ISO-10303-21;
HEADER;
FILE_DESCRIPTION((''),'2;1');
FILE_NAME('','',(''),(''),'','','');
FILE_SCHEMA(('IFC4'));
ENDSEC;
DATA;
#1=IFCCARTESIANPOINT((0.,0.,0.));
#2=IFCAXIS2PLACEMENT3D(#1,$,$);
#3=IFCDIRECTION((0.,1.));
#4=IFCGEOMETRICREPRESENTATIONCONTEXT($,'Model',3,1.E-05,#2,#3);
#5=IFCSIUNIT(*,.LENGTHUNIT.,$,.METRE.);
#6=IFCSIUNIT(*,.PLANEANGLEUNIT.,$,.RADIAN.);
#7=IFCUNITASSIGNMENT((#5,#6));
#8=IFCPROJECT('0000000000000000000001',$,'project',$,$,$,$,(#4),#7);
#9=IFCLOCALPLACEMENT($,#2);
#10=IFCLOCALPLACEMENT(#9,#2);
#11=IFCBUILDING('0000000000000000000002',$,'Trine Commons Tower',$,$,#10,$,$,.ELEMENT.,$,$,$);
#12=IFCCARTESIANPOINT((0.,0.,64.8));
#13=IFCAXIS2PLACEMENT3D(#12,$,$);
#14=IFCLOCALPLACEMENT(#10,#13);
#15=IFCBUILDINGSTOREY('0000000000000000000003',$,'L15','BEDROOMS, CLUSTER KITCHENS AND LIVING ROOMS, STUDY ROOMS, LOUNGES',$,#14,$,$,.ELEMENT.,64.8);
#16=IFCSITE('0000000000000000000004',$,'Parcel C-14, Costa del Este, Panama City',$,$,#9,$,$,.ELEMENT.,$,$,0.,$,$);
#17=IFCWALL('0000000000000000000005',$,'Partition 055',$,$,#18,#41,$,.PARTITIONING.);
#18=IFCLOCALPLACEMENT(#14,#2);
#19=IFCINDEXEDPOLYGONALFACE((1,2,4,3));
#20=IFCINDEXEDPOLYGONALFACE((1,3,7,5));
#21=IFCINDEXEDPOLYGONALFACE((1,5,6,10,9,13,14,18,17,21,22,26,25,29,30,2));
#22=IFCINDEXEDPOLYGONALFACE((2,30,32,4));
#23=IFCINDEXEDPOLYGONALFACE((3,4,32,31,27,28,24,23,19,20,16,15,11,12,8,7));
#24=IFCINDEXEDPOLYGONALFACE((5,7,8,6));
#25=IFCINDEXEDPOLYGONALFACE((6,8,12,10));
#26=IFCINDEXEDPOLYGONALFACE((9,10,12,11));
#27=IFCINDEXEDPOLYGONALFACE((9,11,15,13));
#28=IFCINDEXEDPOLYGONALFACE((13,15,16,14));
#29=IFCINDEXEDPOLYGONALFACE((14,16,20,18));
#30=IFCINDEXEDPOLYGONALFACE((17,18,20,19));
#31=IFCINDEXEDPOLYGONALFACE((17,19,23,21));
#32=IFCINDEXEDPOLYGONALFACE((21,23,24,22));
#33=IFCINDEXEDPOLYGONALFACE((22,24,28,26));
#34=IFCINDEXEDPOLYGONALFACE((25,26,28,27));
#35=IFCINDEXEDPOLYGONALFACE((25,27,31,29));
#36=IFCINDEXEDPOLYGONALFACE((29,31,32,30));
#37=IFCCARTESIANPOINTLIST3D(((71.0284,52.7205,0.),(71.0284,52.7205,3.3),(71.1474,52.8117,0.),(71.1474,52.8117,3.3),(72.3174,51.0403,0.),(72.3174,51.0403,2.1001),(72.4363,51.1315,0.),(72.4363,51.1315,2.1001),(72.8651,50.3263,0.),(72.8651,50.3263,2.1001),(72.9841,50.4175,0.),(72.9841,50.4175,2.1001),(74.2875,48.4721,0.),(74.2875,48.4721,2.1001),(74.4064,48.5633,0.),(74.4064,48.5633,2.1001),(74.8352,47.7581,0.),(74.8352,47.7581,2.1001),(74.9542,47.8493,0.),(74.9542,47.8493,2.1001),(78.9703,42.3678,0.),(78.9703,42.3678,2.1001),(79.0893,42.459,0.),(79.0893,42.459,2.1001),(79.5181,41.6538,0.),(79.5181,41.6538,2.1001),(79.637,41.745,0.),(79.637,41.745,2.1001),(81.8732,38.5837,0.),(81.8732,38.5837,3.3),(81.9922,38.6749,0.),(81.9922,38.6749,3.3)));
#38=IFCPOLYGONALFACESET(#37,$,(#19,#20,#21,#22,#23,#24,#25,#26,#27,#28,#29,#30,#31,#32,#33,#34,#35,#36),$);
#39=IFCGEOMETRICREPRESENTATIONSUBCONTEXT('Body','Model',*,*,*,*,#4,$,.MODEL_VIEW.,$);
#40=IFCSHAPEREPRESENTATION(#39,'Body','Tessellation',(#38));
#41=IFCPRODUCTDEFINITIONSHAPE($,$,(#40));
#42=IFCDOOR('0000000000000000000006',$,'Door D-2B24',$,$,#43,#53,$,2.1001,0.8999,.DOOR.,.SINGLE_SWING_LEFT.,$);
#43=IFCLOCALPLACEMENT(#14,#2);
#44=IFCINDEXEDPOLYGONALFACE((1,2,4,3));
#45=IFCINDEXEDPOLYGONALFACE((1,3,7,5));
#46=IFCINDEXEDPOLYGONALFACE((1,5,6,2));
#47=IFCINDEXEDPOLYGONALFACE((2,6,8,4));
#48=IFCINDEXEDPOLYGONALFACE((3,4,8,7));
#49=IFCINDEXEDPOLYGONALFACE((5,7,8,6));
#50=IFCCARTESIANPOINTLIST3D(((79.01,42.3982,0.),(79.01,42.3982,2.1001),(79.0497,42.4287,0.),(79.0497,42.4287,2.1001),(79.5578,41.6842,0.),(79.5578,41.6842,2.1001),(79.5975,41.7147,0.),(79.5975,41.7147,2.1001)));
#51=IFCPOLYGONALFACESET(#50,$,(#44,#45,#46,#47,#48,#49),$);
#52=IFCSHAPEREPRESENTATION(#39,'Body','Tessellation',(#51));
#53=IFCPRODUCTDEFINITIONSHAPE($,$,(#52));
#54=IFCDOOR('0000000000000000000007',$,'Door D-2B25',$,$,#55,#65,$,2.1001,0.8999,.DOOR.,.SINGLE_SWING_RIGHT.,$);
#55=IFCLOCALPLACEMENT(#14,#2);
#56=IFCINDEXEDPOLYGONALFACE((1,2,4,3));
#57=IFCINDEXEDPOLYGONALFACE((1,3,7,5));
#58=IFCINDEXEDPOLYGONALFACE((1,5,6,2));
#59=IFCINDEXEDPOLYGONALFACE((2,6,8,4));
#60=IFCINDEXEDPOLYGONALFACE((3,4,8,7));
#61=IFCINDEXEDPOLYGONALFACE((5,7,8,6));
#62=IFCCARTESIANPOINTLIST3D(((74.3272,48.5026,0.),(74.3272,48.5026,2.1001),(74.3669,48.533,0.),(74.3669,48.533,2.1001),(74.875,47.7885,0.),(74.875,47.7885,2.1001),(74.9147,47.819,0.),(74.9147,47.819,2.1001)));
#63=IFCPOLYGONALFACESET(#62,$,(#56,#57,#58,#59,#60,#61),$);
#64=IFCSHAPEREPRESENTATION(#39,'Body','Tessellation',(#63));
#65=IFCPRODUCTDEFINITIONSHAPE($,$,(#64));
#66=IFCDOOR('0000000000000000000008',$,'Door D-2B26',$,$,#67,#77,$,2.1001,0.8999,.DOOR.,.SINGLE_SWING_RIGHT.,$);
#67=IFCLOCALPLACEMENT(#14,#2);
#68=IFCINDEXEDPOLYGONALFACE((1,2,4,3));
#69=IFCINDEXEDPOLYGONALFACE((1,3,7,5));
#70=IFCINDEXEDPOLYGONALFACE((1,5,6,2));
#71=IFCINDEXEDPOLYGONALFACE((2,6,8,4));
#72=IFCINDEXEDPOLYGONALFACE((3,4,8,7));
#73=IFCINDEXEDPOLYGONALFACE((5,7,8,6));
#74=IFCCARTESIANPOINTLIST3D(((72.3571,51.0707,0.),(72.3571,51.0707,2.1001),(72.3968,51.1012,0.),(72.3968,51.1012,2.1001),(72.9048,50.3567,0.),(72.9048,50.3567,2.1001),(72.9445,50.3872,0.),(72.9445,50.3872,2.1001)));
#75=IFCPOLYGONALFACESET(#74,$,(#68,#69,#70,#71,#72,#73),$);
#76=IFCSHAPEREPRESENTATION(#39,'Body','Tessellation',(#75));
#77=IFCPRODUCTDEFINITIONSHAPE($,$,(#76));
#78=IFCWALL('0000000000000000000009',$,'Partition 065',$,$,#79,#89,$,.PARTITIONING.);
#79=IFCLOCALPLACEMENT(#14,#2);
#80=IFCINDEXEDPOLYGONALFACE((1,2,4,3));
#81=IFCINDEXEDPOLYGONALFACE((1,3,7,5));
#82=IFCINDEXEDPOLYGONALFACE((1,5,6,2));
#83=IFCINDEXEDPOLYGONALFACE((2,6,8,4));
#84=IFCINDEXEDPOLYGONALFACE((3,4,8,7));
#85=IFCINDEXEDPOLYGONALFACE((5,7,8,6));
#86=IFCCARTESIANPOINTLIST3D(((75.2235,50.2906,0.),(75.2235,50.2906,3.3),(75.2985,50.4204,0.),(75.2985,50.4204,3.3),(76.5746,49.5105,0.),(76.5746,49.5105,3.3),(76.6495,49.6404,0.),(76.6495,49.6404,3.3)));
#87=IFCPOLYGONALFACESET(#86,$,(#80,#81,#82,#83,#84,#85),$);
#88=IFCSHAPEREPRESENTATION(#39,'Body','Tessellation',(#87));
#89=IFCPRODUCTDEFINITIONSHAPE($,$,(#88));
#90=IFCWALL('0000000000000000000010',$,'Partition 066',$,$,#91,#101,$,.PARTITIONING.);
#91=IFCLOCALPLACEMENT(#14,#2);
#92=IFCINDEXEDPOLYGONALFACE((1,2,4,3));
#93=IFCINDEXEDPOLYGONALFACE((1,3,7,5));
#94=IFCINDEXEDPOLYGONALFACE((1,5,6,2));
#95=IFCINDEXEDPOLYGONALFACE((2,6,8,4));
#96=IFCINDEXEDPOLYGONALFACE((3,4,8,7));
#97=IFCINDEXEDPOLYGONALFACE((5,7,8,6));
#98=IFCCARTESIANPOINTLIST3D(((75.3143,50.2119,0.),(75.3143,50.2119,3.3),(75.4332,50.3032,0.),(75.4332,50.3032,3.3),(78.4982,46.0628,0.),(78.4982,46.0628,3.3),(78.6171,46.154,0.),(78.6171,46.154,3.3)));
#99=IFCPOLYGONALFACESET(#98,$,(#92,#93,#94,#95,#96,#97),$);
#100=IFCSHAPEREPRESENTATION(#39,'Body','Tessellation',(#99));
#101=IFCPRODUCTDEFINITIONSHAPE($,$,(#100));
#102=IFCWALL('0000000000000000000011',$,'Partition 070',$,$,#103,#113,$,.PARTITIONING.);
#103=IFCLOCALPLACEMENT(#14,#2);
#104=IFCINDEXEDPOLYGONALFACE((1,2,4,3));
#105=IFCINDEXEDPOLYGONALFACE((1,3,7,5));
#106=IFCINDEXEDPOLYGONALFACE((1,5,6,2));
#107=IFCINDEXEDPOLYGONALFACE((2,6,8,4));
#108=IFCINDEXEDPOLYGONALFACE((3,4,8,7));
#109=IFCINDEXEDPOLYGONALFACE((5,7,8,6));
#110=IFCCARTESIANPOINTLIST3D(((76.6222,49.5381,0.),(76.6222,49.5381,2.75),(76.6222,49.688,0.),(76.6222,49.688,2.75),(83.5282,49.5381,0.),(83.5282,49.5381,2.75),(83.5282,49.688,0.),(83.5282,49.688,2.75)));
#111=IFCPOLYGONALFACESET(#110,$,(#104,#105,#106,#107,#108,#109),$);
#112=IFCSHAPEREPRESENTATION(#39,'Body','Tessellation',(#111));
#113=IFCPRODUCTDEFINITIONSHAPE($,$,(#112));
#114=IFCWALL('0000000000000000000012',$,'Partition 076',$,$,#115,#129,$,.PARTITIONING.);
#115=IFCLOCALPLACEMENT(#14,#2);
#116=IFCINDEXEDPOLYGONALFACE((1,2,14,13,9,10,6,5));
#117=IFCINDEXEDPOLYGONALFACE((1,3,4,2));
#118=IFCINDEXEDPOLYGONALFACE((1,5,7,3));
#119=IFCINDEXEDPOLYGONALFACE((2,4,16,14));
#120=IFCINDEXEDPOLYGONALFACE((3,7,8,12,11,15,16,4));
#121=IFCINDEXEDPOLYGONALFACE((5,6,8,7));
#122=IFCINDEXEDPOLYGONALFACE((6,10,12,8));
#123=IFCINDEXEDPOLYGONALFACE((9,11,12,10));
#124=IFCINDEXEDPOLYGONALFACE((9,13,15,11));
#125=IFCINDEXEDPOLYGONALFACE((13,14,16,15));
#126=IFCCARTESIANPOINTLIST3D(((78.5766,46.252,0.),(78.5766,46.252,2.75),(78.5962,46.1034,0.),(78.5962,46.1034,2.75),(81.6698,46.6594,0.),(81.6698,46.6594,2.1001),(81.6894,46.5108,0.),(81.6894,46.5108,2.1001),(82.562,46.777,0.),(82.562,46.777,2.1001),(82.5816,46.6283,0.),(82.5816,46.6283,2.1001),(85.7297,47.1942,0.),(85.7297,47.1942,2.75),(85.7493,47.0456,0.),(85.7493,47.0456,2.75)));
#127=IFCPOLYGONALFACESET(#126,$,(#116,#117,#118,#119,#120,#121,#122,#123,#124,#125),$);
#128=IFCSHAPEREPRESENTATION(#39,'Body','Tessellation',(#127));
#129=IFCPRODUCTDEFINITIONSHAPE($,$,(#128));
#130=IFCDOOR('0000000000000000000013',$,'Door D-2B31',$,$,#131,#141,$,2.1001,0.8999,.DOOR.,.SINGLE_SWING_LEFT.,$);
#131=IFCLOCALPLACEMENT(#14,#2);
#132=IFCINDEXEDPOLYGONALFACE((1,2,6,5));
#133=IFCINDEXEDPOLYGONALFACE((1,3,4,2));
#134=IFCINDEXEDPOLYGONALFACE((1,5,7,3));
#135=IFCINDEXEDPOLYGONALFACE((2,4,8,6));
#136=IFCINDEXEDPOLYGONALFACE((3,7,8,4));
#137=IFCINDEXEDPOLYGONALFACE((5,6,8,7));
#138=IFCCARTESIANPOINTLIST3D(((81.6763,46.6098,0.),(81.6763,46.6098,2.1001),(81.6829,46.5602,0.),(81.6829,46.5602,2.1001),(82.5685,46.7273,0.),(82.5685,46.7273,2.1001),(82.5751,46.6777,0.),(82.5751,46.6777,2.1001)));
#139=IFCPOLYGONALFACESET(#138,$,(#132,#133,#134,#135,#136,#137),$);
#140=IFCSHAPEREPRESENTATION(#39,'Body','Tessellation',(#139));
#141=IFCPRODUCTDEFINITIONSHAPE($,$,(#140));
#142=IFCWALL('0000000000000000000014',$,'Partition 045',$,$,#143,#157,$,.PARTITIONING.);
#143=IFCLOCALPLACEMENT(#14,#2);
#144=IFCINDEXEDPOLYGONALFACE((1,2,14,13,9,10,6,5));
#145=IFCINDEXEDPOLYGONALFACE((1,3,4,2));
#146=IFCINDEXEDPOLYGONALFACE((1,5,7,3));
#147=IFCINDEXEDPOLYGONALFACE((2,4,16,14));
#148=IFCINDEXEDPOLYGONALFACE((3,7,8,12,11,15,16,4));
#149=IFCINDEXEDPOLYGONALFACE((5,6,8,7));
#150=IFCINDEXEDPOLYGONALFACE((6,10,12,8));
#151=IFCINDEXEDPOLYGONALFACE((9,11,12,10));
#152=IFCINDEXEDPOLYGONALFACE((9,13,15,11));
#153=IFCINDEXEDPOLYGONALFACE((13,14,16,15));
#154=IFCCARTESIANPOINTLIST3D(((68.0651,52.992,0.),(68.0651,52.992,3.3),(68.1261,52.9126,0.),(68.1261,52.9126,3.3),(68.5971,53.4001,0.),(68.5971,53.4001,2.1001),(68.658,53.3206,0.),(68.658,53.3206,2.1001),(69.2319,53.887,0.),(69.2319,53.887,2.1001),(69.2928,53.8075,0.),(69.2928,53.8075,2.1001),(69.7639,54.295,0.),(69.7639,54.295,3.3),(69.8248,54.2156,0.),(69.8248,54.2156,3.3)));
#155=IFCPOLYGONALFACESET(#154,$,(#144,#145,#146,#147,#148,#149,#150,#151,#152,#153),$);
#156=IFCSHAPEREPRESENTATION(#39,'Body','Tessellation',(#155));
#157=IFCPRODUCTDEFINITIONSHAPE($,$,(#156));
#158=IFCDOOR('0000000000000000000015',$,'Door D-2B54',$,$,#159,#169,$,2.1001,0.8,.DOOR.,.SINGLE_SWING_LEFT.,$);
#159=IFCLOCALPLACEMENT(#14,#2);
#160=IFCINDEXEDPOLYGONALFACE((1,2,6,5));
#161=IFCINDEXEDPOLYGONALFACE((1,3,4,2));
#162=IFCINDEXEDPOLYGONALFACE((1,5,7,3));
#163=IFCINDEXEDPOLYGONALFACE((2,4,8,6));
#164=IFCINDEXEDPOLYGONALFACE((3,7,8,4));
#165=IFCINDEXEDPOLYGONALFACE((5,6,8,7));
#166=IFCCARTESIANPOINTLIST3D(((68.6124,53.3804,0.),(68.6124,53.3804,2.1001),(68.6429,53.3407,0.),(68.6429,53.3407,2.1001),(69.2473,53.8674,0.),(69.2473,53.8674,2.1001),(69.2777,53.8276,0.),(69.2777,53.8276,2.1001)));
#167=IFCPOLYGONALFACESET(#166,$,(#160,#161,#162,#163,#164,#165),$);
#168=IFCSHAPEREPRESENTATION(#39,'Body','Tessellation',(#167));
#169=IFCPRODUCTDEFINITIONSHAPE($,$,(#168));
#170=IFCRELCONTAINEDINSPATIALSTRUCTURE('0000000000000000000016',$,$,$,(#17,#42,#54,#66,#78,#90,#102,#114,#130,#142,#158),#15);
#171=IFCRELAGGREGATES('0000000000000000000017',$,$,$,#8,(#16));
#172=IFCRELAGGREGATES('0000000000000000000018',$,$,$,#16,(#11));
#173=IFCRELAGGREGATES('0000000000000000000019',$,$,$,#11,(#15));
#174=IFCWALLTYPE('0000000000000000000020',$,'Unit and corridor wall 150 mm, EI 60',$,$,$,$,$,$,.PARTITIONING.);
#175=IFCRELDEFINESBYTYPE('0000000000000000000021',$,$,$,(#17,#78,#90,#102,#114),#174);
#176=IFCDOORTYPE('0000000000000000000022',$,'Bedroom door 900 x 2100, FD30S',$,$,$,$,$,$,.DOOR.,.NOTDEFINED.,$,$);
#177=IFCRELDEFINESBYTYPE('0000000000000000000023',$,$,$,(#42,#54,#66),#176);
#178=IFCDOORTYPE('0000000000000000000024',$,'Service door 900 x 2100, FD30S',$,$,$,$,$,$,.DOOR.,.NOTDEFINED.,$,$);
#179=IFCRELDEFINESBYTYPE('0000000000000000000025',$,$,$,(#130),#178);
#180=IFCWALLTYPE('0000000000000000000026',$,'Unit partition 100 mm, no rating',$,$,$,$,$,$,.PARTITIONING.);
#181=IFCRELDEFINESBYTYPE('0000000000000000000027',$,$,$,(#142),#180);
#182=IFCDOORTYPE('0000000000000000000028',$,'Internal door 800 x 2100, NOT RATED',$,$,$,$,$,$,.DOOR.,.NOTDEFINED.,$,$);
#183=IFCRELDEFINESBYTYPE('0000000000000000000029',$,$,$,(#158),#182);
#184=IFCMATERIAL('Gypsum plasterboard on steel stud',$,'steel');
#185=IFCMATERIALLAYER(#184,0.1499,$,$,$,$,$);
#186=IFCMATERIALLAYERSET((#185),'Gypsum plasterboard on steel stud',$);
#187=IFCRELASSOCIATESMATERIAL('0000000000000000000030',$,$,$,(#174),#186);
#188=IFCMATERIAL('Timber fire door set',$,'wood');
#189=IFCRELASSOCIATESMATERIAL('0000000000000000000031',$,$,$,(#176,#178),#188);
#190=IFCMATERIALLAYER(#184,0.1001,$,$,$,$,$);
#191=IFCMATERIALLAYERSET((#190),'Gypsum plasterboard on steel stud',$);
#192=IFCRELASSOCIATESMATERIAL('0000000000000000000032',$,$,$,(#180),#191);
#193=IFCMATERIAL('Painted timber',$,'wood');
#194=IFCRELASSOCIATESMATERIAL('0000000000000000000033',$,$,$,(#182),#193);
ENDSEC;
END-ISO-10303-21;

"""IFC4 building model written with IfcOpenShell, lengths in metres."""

from ifc_helpers import new_model, si_unit, direction, frame, frame_2d, origin, place, context, subcontext, project, spatial, rectangle, extrude, material, layer, layer_set, type_object, element, fill, save


model = new_model("IFC4")

# Units and contexts
model_context = context("Model", 3, precision=1e-05, world=origin(), true_north=direction((0.0, 1.0)))
body_context = subcontext(model_context, "Body", "Model", "MODEL_VIEW")
ifc_project = project(units=[si_unit("LENGTHUNIT", "METRE"), si_unit("PLANEANGLEUNIT", "RADIAN")], contexts=[model_context])

# Site, building, storey
site_placement = place(None, origin())
site = spatial("IfcSite", under=ifc_project, at=site_placement, Name="Parcel C-14, Costa del Este, Panama City", CompositionType="ELEMENT", RefElevation=0.0)
building_placement = place(site_placement, origin())
building = spatial("IfcBuilding", under=site, at=building_placement, Name="Trine Commons Tower", CompositionType="ELEMENT")
storey_placement = place(building_placement, frame((0.0, 0.0, 64.8)))
storey = spatial("IfcBuildingStorey", under=building, at=storey_placement, Name="L15", Description="BEDROOMS, CLUSTER KITCHENS AND LIVING ROOMS, STUDY ROOMS, LOUNGES", CompositionType="ELEMENT", Elevation=64.8)

# Shared definitions
ifc_material_1 = material(Name="Gypsum plasterboard on steel stud", Category="steel")
ifc_layer_1 = layer(ifc_material_1, 0.1499)
ifc_layer_set_1 = layer_set([ifc_layer_1], Name="Gypsum plasterboard on steel stud")
wall_type_1 = type_object("IfcWallType", Name="Unit and corridor wall 150 mm, EI 60", PredefinedType="PARTITIONING", material=ifc_layer_set_1)

# Wall, openings, doors
wall_1_placement = place(storey_placement, frame((71.0879, 52.7661, 0.0), z_axis=(0.0, 0.0, 1.0), x_axis=(0.608664, -0.793428, 0.0)))
wall_1 = element("IfcWall", 1, at=wall_1_placement, inside=storey, type_object=wall_type_1, Name="Partition 055", PredefinedType="PARTITIONING", context=body_context, shape_type="SweptSolid", body=[
    extrude(rectangle(XDim=17.8174, YDim=0.1499, at=frame_2d((8.9087, 0.0))), origin(), (0.0, 0.0, 1.0), 3.3),
])
opening_1_placement = place(wall_1_placement, frame((13.0481, 0.0, 0.0)))
opening_1 = element("IfcOpeningElement", 2, at=opening_1_placement, cuts=wall_1, PredefinedType="OPENING", context=body_context, shape_type="SweptSolid", body=[
    extrude(rectangle(XDim=0.8999, YDim=2.1001, at=frame_2d((0.45, 1.05))), frame((0.0, 0.085, 0.0), z_axis=(0.0, -1.0, 0.0), x_axis=(1.0, 0.0, 0.0)), (0.0, 0.0, 1.0), 0.1699),
])
opening_2_placement = place(wall_1_placement, frame((5.3545, 0.0, 0.0)))
opening_2 = element("IfcOpeningElement", 3, at=opening_2_placement, cuts=wall_1, PredefinedType="OPENING", context=body_context, shape_type="SweptSolid", body=[
    extrude(rectangle(XDim=0.8999, YDim=2.1001, at=frame_2d((0.45, 1.05))), frame((0.0, 0.085, 0.0), z_axis=(0.0, -1.0, 0.0), x_axis=(1.0, 0.0, 0.0)), (0.0, 0.0, 1.0), 0.1699),
])
opening_3_placement = place(wall_1_placement, frame((2.1177, 0.0, 0.0)))
opening_3 = element("IfcOpeningElement", 4, at=opening_3_placement, cuts=wall_1, PredefinedType="OPENING", context=body_context, shape_type="SweptSolid", body=[
    extrude(rectangle(XDim=0.8999, YDim=2.1001, at=frame_2d((0.45, 1.05))), frame((0.0, 0.085, 0.0), z_axis=(0.0, -1.0, 0.0), x_axis=(1.0, 0.0, 0.0)), (0.0, 0.0, 1.0), 0.1699),
])
ifc_material_2 = material(Name="Timber fire door set", Category="wood")
door_type_1 = type_object("IfcDoorType", Name="Bedroom door 900 x 2100, FD30S", OperationType="NOTDEFINED", PredefinedType="DOOR", material=ifc_material_2)
door_1_placement = place(opening_1_placement, frame((0.8999, 0.0, 0.0), z_axis=(0.0, 0.0, 1.0), x_axis=(-1.0, 0.0, 0.0)))
door_1 = element("IfcDoor", 5, at=door_1_placement, inside=storey, type_object=door_type_1, Name="Door D-2B24", OperationType="SINGLE_SWING_LEFT", OverallHeight=2.1001, OverallWidth=0.8999, PredefinedType="DOOR", context=body_context, shape_type="SweptSolid", body=[
    extrude(rectangle(XDim=0.8999, YDim=2.1001, at=frame_2d((0.45, 1.05))), frame((0.0, 0.0249, 0.0), z_axis=(0.0, -1.0, 0.0), x_axis=(1.0, 0.0, 0.0)), (0.0, 0.0, 1.0), 0.05),
])
fill(opening_1, door_1)
door_2_placement = place(opening_2_placement, frame((0.8999, 0.0, 0.0), z_axis=(0.0, 0.0, 1.0), x_axis=(-1.0, 0.0, 0.0)))
door_2 = element("IfcDoor", 6, at=door_2_placement, inside=storey, type_object=door_type_1, Name="Door D-2B25", OperationType="SINGLE_SWING_RIGHT", OverallHeight=2.1001, OverallWidth=0.8999, PredefinedType="DOOR", context=body_context, shape_type="SweptSolid", body=[
    extrude(rectangle(XDim=0.8999, YDim=2.1001, at=frame_2d((0.45, 1.05))), frame((0.0, 0.0249, 0.0), z_axis=(0.0, -1.0, 0.0), x_axis=(1.0, 0.0, 0.0)), (0.0, 0.0, 1.0), 0.05),
])
fill(opening_2, door_2)
door_3_placement = place(opening_3_placement, frame((0.8999, 0.0, 0.0), z_axis=(0.0, 0.0, 1.0), x_axis=(-1.0, 0.0, 0.0)))
door_3 = element("IfcDoor", 7, at=door_3_placement, inside=storey, type_object=door_type_1, Name="Door D-2B26", OperationType="SINGLE_SWING_RIGHT", OverallHeight=2.1001, OverallWidth=0.8999, PredefinedType="DOOR", context=body_context, shape_type="SweptSolid", body=[
    extrude(rectangle(XDim=0.8999, YDim=2.1001, at=frame_2d((0.45, 1.05))), frame((0.0, 0.0249, 0.0), z_axis=(0.0, -1.0, 0.0), x_axis=(1.0, 0.0, 0.0)), (0.0, 0.0, 1.0), 0.05),
])
fill(opening_3, door_3)

# Walls
wall_2_placement = place(storey_placement, frame((75.261, 50.3555, 0.0), z_axis=(0.0, 0.0, 1.0), x_axis=(0.866029, -0.499993, 0.0)))
element("IfcWall", 8, at=wall_2_placement, inside=storey, type_object=wall_type_1, Name="Partition 065", PredefinedType="PARTITIONING", context=body_context, shape_type="SweptSolid", body=[
    extrude(rectangle(XDim=1.5601, YDim=0.1499, at=frame_2d((0.78, 0.0))), origin(), (0.0, 0.0, 1.0), 3.3),
])
wall_3_placement = place(storey_placement, frame((75.3738, 50.2576, 0.0), z_axis=(0.0, 0.0, 1.0), x_axis=(0.60877, -0.793347, 0.0)))
element("IfcWall", 9, at=wall_3_placement, inside=storey, type_object=wall_type_1, Name="Partition 066", PredefinedType="PARTITIONING", context=body_context, shape_type="SweptSolid", body=[
    extrude(rectangle(XDim=5.23, YDim=0.1499, at=frame_2d((2.615, 0.0))), origin(), (0.0, 0.0, 1.0), 3.3),
])
wall_4_placement = place(storey_placement, frame((76.6221, 49.613, 0.0), z_axis=(0.0, 0.0, 1.0), x_axis=(1.0, 0.0, 0.0)))
element("IfcWall", 10, at=wall_4_placement, inside=storey, type_object=wall_type_1, Name="Partition 070", PredefinedType="PARTITIONING", context=body_context, shape_type="SweptSolid", body=[
    extrude(rectangle(XDim=6.906, YDim=0.1499, at=frame_2d((3.4531, 0.0))), origin(), (0.0, 0.0, 1.0), 2.75),
])

# Walls, openings, doors
wall_5_placement = place(storey_placement, frame((78.5864, 46.1777, 0.0), z_axis=(0.0, 0.0, 1.0), x_axis=(0.991437, 0.130583, 0.0)))
wall_5 = element("IfcWall", 11, at=wall_5_placement, inside=storey, type_object=wall_type_1, Name="Partition 076", PredefinedType="PARTITIONING", context=body_context, shape_type="SweptSolid", body=[
    extrude(rectangle(XDim=7.2148, YDim=0.1499, at=frame_2d((3.6074, 0.0))), origin(), (0.0, 0.0, 1.0), 2.75),
])
opening_4_placement = place(wall_5_placement, frame((3.1199, 0.0, 0.0)))
opening_4 = element("IfcOpeningElement", 12, at=opening_4_placement, cuts=wall_5, PredefinedType="OPENING", context=body_context, shape_type="SweptSolid", body=[
    extrude(rectangle(XDim=0.8999, YDim=2.1001, at=frame_2d((0.45, 1.05))), frame((0.0, 0.085, 0.0), z_axis=(0.0, -1.0, 0.0), x_axis=(1.0, 0.0, 0.0)), (0.0, 0.0, 1.0), 0.1699),
])
door_type_2 = type_object("IfcDoorType", Name="Service door 900 x 2100, FD30S", OperationType="NOTDEFINED", PredefinedType="DOOR", material=ifc_material_2)
door_4_placement = place(opening_4_placement, origin())
door_4 = element("IfcDoor", 13, at=door_4_placement, inside=storey, type_object=door_type_2, Name="Door D-2B31", OperationType="SINGLE_SWING_LEFT", OverallHeight=2.1001, OverallWidth=0.8999, PredefinedType="DOOR", context=body_context, shape_type="SweptSolid", body=[
    extrude(rectangle(XDim=0.8999, YDim=2.1001, at=frame_2d((0.45, 1.05))), frame((0.0, 0.0249, 0.0), z_axis=(0.0, -1.0, 0.0), x_axis=(1.0, 0.0, 0.0)), (0.0, 0.0, 1.0), 0.05),
])
fill(opening_4, door_4)
ifc_layer_2 = layer(ifc_material_1, 0.1001)
ifc_layer_set_2 = layer_set([ifc_layer_2], Name="Gypsum plasterboard on steel stud")
wall_type_2 = type_object("IfcWallType", Name="Unit partition 100 mm, no rating", PredefinedType="PARTITIONING", material=ifc_layer_set_2)
wall_6_placement = place(storey_placement, frame((68.0957, 52.9524, 0.0), z_axis=(0.0, 0.0, 1.0), x_axis=(0.793467, 0.608613, 0.0)))
wall_6 = element("IfcWall", 14, at=wall_6_placement, inside=storey, type_object=wall_type_2, Name="Partition 045", PredefinedType="PARTITIONING", context=body_context, shape_type="SweptSolid", body=[
    extrude(rectangle(XDim=2.1409, YDim=0.1001, at=frame_2d((1.0703, 0.0))), origin(), (0.0, 0.0, 1.0), 3.3),
])
opening_5_placement = place(wall_6_placement, frame((0.6704, 0.0, 0.0)))
opening_5 = element("IfcOpeningElement", 15, at=opening_5_placement, cuts=wall_6, PredefinedType="OPENING", context=body_context, shape_type="SweptSolid", body=[
    extrude(rectangle(XDim=0.8, YDim=2.1001, at=frame_2d((0.3999, 1.05))), frame((0.0, 0.0601, 0.0), z_axis=(0.0, -1.0, 0.0), x_axis=(1.0, 0.0, 0.0)), (0.0, 0.0, 1.0), 0.1201),
])
ifc_material_3 = material(Name="Painted timber", Category="wood")
door_type_3 = type_object("IfcDoorType", Name="Internal door 800 x 2100, NOT RATED", OperationType="NOTDEFINED", PredefinedType="DOOR", material=ifc_material_3)
door_5_placement = place(opening_5_placement, frame((0.8, 0.0, 0.0), z_axis=(0.0, 0.0, 1.0), x_axis=(-1.0, 0.0, 0.0)))
door_5 = element("IfcDoor", 16, at=door_5_placement, inside=storey, type_object=door_type_3, Name="Door D-2B54", OperationType="SINGLE_SWING_LEFT", OverallHeight=2.1001, OverallWidth=0.8, PredefinedType="DOOR", context=body_context, shape_type="SweptSolid", body=[
    extrude(rectangle(XDim=0.8, YDim=2.1001, at=frame_2d((0.3999, 1.05))), frame((0.0, 0.0249, 0.0), z_axis=(0.0, -1.0, 0.0), x_axis=(1.0, 0.0, 0.0)), (0.0, 0.0, 1.0), 0.05),
])
fill(opening_5, door_5)

save(model, "model.ifc")
